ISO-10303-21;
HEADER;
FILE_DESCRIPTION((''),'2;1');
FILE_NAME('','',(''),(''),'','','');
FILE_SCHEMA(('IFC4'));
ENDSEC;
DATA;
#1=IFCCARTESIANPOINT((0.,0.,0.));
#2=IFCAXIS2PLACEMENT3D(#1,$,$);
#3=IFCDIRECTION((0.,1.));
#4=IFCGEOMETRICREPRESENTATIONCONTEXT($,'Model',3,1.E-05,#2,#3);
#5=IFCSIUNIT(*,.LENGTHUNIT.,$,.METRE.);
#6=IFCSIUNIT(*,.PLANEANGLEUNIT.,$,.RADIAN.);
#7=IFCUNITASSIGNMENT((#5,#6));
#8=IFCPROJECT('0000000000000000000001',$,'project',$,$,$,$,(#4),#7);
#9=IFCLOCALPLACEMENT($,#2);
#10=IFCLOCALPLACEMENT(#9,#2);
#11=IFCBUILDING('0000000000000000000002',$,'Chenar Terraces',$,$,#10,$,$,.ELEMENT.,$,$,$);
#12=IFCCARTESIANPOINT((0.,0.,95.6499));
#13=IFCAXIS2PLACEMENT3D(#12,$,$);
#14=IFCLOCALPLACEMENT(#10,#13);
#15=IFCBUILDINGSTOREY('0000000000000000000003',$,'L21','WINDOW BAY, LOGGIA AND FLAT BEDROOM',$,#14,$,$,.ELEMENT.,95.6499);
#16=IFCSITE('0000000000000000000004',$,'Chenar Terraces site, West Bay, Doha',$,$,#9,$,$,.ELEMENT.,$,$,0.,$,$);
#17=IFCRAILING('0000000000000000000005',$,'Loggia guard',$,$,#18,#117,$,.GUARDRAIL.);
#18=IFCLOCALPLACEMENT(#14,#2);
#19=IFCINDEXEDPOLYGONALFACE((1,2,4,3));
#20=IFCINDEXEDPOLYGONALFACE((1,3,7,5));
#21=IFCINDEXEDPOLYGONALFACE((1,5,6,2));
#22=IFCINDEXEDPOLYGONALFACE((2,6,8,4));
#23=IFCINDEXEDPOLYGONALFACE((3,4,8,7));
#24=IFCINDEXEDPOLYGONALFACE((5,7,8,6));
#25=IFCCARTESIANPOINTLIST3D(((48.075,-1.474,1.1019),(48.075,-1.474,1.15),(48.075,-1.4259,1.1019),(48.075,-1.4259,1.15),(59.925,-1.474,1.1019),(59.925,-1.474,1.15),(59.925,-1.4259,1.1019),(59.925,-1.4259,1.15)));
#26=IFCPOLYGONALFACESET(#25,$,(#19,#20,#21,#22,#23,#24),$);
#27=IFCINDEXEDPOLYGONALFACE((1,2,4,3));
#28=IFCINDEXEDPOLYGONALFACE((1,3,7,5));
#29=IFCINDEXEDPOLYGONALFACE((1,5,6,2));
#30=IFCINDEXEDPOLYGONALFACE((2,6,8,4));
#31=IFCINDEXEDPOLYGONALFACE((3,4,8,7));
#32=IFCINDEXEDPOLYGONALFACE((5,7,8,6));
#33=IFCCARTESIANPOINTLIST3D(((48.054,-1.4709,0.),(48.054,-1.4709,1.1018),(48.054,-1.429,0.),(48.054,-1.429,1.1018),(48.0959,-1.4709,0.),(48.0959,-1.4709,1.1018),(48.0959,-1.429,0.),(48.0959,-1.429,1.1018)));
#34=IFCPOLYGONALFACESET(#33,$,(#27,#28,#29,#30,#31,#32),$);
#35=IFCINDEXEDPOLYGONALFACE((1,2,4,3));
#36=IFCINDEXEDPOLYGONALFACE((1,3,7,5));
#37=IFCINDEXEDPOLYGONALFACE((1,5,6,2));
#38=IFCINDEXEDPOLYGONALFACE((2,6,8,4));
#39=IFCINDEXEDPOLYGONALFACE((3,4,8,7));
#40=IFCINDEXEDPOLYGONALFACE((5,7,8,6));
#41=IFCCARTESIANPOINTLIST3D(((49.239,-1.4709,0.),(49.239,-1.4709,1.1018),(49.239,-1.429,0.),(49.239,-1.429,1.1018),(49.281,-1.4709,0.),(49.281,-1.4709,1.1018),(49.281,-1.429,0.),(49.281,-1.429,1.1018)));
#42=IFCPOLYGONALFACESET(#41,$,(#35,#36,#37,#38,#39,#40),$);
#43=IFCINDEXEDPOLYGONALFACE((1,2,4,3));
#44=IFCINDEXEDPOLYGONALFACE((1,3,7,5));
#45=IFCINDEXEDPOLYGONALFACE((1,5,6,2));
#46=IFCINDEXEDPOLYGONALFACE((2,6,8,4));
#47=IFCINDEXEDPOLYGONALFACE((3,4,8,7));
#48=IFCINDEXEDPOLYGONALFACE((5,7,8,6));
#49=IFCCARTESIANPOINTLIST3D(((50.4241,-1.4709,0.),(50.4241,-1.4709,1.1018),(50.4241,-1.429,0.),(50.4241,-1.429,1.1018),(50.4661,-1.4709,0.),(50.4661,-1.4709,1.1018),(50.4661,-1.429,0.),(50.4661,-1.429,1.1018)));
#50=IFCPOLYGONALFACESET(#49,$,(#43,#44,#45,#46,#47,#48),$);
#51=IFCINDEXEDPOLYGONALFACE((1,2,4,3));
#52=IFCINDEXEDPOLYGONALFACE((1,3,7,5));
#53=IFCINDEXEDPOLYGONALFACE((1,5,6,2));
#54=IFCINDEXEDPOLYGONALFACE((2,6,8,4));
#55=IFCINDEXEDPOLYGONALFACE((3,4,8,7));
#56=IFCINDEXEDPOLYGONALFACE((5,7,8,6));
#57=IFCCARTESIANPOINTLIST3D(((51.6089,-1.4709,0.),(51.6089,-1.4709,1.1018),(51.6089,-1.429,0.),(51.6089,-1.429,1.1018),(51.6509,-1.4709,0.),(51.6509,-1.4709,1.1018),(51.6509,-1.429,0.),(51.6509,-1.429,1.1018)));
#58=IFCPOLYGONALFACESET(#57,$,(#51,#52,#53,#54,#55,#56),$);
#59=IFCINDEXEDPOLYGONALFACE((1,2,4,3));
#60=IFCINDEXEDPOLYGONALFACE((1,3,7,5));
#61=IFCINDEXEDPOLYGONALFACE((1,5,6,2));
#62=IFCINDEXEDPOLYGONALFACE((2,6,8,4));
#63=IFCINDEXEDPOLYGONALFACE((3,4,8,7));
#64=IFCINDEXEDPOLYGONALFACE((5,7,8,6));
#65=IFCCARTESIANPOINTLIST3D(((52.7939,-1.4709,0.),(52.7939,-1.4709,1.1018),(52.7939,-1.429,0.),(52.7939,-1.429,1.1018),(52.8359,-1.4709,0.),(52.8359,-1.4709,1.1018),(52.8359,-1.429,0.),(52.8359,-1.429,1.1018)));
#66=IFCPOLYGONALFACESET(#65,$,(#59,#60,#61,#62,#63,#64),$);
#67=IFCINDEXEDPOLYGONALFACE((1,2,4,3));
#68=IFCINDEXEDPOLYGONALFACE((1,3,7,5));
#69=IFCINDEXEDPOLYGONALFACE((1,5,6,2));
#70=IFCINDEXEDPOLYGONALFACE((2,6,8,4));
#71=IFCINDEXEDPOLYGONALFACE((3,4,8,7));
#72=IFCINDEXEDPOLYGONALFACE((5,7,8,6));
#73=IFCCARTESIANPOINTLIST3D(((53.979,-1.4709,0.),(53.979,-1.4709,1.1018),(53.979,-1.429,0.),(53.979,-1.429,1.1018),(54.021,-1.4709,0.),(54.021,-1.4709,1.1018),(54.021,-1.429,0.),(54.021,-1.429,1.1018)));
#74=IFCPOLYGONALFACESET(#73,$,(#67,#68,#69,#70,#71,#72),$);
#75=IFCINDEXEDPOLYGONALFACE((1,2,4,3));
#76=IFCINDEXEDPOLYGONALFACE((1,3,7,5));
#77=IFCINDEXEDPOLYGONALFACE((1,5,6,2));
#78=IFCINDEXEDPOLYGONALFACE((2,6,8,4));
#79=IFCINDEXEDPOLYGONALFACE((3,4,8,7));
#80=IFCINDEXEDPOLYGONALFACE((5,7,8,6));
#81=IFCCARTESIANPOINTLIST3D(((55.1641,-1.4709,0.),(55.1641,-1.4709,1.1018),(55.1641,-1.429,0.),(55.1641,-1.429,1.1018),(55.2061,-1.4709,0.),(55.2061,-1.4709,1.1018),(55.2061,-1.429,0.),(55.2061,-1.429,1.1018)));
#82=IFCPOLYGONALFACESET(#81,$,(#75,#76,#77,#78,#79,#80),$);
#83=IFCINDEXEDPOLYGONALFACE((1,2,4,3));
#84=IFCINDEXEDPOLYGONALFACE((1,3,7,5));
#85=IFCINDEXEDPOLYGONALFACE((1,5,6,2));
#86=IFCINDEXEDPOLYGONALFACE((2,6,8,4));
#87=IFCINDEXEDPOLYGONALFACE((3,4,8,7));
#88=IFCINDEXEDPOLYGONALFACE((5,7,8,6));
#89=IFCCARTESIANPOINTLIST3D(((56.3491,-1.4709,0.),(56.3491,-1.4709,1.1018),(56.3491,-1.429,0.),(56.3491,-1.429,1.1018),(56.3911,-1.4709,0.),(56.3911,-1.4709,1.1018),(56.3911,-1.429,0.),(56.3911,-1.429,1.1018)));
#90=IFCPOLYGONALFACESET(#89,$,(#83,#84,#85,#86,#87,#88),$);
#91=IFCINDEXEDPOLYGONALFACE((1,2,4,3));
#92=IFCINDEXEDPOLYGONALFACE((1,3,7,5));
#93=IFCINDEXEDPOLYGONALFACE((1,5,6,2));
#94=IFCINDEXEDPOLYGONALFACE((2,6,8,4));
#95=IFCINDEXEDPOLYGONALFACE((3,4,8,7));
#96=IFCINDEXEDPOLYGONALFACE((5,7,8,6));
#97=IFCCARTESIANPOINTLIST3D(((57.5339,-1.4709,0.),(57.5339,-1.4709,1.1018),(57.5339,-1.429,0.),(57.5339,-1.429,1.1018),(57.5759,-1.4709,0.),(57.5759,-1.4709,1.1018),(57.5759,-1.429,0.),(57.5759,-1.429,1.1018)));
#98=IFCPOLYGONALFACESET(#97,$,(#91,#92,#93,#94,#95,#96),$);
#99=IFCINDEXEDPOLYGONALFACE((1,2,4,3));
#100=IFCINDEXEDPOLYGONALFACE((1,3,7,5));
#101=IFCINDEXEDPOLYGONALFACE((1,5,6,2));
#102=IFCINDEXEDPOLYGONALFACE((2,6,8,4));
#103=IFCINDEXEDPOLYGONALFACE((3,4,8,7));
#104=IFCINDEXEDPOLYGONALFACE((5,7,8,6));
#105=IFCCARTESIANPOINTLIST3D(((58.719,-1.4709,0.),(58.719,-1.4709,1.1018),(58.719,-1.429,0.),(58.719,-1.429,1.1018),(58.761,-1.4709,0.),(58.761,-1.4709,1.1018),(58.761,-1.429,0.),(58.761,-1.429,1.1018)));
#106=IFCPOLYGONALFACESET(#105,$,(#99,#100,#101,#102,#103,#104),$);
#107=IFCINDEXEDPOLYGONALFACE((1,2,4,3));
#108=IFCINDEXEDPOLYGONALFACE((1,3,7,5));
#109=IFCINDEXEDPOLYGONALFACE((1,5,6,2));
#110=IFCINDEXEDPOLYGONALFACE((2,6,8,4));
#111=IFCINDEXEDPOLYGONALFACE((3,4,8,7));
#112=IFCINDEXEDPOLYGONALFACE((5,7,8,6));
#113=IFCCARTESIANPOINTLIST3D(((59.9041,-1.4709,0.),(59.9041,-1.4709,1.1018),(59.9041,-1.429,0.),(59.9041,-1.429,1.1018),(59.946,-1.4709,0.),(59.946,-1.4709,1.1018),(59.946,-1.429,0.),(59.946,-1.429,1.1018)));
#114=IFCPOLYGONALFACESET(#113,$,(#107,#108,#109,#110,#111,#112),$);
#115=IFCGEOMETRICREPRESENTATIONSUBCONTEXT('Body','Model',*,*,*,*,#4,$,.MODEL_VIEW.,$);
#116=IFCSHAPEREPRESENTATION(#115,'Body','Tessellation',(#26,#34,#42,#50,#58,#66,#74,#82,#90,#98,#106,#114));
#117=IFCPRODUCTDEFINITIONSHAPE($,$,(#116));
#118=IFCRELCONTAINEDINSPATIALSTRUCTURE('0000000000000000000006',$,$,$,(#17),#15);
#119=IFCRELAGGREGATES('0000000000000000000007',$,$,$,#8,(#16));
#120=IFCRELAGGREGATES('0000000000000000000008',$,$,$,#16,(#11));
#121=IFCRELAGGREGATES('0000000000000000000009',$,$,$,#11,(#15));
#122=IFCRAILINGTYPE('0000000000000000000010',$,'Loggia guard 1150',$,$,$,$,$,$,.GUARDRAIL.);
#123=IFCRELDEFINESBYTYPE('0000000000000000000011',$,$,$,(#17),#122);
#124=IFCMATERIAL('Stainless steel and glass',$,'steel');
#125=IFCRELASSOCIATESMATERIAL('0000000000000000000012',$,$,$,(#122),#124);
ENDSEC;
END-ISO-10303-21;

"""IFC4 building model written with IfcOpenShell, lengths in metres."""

from ifc_helpers import new_model, si_unit, direction, frame, origin, origin_2d, place, context, subcontext, project, spatial, rectangle, extrude, material, type_object, element, save


model = new_model("IFC4")

# Units and contexts
model_context = context("Model", 3, precision=1e-05, world=origin(), true_north=direction((0.0, 1.0)))
body_context = subcontext(model_context, "Body", "Model", "MODEL_VIEW")
ifc_project = project(units=[si_unit("LENGTHUNIT", "METRE"), si_unit("PLANEANGLEUNIT", "RADIAN")], contexts=[model_context])

# Site, building, storey
site_placement = place(None, origin())
site = spatial("IfcSite", under=ifc_project, at=site_placement, Name="Chenar Terraces site, West Bay, Doha", CompositionType="ELEMENT", RefElevation=0.0)
building_placement = place(site_placement, origin())
building = spatial("IfcBuilding", under=site, at=building_placement, Name="Chenar Terraces", CompositionType="ELEMENT")
storey_placement = place(building_placement, frame((0.0, 0.0, 95.6499)))
storey = spatial("IfcBuildingStorey", under=building, at=storey_placement, Name="L21", Description="WINDOW BAY, LOGGIA AND FLAT BEDROOM", CompositionType="ELEMENT", Elevation=95.6499)

# Railing
ifc_material_1 = material(Name="Stainless steel and glass", Category="steel")
railing_type_1 = type_object("IfcRailingType", Name="Loggia guard 1150", PredefinedType="GUARDRAIL", material=ifc_material_1)
railing_1_placement = place(storey_placement, frame((48.075, -1.45, 0.0)))
element("IfcRailing", 1, at=railing_1_placement, inside=storey, type_object=railing_type_1, Name="Loggia guard", PredefinedType="GUARDRAIL", context=body_context, shape_type="SweptSolid", body=[
    extrude(rectangle(XDim=0.0481, YDim=0.0481, at=origin_2d()), frame((0.0, 0.0, 1.126), z_axis=(1.0, 0.0, 0.0), x_axis=(0.0, 1.0, 0.0)), (0.0, 0.0, 1.0), 11.8501),
    extrude(rectangle(XDim=0.042, YDim=0.042, at=origin_2d()), origin(), (0.0, 0.0, 1.0), 1.1018),
    extrude(rectangle(XDim=0.042, YDim=0.042, at=origin_2d()), frame((1.1851, 0.0, 0.0)), (0.0, 0.0, 1.0), 1.1018),
    extrude(rectangle(XDim=0.042, YDim=0.042, at=origin_2d()), frame((2.3701, 0.0, 0.0)), (0.0, 0.0, 1.0), 1.1018),
    extrude(rectangle(XDim=0.042, YDim=0.042, at=origin_2d()), frame((3.5549, 0.0, 0.0)), (0.0, 0.0, 1.0), 1.1018),
    extrude(rectangle(XDim=0.042, YDim=0.042, at=origin_2d()), frame((4.74, 0.0, 0.0)), (0.0, 0.0, 1.0), 1.1018),
    extrude(rectangle(XDim=0.042, YDim=0.042, at=origin_2d()), frame((5.925, 0.0, 0.0)), (0.0, 0.0, 1.0), 1.1018),
    extrude(rectangle(XDim=0.042, YDim=0.042, at=origin_2d()), frame((7.1101, 0.0, 0.0)), (0.0, 0.0, 1.0), 1.1018),
    extrude(rectangle(XDim=0.042, YDim=0.042, at=origin_2d()), frame((8.2952, 0.0, 0.0)), (0.0, 0.0, 1.0), 1.1018),
    extrude(rectangle(XDim=0.042, YDim=0.042, at=origin_2d()), frame((9.48, 0.0, 0.0)), (0.0, 0.0, 1.0), 1.1018),
    extrude(rectangle(XDim=0.042, YDim=0.042, at=origin_2d()), frame((10.665, 0.0, 0.0)), (0.0, 0.0, 1.0), 1.1018),
    extrude(rectangle(XDim=0.042, YDim=0.042, at=origin_2d()), frame((11.8501, 0.0, 0.0)), (0.0, 0.0, 1.0), 1.1018),
])

save(model, "model.ifc")
